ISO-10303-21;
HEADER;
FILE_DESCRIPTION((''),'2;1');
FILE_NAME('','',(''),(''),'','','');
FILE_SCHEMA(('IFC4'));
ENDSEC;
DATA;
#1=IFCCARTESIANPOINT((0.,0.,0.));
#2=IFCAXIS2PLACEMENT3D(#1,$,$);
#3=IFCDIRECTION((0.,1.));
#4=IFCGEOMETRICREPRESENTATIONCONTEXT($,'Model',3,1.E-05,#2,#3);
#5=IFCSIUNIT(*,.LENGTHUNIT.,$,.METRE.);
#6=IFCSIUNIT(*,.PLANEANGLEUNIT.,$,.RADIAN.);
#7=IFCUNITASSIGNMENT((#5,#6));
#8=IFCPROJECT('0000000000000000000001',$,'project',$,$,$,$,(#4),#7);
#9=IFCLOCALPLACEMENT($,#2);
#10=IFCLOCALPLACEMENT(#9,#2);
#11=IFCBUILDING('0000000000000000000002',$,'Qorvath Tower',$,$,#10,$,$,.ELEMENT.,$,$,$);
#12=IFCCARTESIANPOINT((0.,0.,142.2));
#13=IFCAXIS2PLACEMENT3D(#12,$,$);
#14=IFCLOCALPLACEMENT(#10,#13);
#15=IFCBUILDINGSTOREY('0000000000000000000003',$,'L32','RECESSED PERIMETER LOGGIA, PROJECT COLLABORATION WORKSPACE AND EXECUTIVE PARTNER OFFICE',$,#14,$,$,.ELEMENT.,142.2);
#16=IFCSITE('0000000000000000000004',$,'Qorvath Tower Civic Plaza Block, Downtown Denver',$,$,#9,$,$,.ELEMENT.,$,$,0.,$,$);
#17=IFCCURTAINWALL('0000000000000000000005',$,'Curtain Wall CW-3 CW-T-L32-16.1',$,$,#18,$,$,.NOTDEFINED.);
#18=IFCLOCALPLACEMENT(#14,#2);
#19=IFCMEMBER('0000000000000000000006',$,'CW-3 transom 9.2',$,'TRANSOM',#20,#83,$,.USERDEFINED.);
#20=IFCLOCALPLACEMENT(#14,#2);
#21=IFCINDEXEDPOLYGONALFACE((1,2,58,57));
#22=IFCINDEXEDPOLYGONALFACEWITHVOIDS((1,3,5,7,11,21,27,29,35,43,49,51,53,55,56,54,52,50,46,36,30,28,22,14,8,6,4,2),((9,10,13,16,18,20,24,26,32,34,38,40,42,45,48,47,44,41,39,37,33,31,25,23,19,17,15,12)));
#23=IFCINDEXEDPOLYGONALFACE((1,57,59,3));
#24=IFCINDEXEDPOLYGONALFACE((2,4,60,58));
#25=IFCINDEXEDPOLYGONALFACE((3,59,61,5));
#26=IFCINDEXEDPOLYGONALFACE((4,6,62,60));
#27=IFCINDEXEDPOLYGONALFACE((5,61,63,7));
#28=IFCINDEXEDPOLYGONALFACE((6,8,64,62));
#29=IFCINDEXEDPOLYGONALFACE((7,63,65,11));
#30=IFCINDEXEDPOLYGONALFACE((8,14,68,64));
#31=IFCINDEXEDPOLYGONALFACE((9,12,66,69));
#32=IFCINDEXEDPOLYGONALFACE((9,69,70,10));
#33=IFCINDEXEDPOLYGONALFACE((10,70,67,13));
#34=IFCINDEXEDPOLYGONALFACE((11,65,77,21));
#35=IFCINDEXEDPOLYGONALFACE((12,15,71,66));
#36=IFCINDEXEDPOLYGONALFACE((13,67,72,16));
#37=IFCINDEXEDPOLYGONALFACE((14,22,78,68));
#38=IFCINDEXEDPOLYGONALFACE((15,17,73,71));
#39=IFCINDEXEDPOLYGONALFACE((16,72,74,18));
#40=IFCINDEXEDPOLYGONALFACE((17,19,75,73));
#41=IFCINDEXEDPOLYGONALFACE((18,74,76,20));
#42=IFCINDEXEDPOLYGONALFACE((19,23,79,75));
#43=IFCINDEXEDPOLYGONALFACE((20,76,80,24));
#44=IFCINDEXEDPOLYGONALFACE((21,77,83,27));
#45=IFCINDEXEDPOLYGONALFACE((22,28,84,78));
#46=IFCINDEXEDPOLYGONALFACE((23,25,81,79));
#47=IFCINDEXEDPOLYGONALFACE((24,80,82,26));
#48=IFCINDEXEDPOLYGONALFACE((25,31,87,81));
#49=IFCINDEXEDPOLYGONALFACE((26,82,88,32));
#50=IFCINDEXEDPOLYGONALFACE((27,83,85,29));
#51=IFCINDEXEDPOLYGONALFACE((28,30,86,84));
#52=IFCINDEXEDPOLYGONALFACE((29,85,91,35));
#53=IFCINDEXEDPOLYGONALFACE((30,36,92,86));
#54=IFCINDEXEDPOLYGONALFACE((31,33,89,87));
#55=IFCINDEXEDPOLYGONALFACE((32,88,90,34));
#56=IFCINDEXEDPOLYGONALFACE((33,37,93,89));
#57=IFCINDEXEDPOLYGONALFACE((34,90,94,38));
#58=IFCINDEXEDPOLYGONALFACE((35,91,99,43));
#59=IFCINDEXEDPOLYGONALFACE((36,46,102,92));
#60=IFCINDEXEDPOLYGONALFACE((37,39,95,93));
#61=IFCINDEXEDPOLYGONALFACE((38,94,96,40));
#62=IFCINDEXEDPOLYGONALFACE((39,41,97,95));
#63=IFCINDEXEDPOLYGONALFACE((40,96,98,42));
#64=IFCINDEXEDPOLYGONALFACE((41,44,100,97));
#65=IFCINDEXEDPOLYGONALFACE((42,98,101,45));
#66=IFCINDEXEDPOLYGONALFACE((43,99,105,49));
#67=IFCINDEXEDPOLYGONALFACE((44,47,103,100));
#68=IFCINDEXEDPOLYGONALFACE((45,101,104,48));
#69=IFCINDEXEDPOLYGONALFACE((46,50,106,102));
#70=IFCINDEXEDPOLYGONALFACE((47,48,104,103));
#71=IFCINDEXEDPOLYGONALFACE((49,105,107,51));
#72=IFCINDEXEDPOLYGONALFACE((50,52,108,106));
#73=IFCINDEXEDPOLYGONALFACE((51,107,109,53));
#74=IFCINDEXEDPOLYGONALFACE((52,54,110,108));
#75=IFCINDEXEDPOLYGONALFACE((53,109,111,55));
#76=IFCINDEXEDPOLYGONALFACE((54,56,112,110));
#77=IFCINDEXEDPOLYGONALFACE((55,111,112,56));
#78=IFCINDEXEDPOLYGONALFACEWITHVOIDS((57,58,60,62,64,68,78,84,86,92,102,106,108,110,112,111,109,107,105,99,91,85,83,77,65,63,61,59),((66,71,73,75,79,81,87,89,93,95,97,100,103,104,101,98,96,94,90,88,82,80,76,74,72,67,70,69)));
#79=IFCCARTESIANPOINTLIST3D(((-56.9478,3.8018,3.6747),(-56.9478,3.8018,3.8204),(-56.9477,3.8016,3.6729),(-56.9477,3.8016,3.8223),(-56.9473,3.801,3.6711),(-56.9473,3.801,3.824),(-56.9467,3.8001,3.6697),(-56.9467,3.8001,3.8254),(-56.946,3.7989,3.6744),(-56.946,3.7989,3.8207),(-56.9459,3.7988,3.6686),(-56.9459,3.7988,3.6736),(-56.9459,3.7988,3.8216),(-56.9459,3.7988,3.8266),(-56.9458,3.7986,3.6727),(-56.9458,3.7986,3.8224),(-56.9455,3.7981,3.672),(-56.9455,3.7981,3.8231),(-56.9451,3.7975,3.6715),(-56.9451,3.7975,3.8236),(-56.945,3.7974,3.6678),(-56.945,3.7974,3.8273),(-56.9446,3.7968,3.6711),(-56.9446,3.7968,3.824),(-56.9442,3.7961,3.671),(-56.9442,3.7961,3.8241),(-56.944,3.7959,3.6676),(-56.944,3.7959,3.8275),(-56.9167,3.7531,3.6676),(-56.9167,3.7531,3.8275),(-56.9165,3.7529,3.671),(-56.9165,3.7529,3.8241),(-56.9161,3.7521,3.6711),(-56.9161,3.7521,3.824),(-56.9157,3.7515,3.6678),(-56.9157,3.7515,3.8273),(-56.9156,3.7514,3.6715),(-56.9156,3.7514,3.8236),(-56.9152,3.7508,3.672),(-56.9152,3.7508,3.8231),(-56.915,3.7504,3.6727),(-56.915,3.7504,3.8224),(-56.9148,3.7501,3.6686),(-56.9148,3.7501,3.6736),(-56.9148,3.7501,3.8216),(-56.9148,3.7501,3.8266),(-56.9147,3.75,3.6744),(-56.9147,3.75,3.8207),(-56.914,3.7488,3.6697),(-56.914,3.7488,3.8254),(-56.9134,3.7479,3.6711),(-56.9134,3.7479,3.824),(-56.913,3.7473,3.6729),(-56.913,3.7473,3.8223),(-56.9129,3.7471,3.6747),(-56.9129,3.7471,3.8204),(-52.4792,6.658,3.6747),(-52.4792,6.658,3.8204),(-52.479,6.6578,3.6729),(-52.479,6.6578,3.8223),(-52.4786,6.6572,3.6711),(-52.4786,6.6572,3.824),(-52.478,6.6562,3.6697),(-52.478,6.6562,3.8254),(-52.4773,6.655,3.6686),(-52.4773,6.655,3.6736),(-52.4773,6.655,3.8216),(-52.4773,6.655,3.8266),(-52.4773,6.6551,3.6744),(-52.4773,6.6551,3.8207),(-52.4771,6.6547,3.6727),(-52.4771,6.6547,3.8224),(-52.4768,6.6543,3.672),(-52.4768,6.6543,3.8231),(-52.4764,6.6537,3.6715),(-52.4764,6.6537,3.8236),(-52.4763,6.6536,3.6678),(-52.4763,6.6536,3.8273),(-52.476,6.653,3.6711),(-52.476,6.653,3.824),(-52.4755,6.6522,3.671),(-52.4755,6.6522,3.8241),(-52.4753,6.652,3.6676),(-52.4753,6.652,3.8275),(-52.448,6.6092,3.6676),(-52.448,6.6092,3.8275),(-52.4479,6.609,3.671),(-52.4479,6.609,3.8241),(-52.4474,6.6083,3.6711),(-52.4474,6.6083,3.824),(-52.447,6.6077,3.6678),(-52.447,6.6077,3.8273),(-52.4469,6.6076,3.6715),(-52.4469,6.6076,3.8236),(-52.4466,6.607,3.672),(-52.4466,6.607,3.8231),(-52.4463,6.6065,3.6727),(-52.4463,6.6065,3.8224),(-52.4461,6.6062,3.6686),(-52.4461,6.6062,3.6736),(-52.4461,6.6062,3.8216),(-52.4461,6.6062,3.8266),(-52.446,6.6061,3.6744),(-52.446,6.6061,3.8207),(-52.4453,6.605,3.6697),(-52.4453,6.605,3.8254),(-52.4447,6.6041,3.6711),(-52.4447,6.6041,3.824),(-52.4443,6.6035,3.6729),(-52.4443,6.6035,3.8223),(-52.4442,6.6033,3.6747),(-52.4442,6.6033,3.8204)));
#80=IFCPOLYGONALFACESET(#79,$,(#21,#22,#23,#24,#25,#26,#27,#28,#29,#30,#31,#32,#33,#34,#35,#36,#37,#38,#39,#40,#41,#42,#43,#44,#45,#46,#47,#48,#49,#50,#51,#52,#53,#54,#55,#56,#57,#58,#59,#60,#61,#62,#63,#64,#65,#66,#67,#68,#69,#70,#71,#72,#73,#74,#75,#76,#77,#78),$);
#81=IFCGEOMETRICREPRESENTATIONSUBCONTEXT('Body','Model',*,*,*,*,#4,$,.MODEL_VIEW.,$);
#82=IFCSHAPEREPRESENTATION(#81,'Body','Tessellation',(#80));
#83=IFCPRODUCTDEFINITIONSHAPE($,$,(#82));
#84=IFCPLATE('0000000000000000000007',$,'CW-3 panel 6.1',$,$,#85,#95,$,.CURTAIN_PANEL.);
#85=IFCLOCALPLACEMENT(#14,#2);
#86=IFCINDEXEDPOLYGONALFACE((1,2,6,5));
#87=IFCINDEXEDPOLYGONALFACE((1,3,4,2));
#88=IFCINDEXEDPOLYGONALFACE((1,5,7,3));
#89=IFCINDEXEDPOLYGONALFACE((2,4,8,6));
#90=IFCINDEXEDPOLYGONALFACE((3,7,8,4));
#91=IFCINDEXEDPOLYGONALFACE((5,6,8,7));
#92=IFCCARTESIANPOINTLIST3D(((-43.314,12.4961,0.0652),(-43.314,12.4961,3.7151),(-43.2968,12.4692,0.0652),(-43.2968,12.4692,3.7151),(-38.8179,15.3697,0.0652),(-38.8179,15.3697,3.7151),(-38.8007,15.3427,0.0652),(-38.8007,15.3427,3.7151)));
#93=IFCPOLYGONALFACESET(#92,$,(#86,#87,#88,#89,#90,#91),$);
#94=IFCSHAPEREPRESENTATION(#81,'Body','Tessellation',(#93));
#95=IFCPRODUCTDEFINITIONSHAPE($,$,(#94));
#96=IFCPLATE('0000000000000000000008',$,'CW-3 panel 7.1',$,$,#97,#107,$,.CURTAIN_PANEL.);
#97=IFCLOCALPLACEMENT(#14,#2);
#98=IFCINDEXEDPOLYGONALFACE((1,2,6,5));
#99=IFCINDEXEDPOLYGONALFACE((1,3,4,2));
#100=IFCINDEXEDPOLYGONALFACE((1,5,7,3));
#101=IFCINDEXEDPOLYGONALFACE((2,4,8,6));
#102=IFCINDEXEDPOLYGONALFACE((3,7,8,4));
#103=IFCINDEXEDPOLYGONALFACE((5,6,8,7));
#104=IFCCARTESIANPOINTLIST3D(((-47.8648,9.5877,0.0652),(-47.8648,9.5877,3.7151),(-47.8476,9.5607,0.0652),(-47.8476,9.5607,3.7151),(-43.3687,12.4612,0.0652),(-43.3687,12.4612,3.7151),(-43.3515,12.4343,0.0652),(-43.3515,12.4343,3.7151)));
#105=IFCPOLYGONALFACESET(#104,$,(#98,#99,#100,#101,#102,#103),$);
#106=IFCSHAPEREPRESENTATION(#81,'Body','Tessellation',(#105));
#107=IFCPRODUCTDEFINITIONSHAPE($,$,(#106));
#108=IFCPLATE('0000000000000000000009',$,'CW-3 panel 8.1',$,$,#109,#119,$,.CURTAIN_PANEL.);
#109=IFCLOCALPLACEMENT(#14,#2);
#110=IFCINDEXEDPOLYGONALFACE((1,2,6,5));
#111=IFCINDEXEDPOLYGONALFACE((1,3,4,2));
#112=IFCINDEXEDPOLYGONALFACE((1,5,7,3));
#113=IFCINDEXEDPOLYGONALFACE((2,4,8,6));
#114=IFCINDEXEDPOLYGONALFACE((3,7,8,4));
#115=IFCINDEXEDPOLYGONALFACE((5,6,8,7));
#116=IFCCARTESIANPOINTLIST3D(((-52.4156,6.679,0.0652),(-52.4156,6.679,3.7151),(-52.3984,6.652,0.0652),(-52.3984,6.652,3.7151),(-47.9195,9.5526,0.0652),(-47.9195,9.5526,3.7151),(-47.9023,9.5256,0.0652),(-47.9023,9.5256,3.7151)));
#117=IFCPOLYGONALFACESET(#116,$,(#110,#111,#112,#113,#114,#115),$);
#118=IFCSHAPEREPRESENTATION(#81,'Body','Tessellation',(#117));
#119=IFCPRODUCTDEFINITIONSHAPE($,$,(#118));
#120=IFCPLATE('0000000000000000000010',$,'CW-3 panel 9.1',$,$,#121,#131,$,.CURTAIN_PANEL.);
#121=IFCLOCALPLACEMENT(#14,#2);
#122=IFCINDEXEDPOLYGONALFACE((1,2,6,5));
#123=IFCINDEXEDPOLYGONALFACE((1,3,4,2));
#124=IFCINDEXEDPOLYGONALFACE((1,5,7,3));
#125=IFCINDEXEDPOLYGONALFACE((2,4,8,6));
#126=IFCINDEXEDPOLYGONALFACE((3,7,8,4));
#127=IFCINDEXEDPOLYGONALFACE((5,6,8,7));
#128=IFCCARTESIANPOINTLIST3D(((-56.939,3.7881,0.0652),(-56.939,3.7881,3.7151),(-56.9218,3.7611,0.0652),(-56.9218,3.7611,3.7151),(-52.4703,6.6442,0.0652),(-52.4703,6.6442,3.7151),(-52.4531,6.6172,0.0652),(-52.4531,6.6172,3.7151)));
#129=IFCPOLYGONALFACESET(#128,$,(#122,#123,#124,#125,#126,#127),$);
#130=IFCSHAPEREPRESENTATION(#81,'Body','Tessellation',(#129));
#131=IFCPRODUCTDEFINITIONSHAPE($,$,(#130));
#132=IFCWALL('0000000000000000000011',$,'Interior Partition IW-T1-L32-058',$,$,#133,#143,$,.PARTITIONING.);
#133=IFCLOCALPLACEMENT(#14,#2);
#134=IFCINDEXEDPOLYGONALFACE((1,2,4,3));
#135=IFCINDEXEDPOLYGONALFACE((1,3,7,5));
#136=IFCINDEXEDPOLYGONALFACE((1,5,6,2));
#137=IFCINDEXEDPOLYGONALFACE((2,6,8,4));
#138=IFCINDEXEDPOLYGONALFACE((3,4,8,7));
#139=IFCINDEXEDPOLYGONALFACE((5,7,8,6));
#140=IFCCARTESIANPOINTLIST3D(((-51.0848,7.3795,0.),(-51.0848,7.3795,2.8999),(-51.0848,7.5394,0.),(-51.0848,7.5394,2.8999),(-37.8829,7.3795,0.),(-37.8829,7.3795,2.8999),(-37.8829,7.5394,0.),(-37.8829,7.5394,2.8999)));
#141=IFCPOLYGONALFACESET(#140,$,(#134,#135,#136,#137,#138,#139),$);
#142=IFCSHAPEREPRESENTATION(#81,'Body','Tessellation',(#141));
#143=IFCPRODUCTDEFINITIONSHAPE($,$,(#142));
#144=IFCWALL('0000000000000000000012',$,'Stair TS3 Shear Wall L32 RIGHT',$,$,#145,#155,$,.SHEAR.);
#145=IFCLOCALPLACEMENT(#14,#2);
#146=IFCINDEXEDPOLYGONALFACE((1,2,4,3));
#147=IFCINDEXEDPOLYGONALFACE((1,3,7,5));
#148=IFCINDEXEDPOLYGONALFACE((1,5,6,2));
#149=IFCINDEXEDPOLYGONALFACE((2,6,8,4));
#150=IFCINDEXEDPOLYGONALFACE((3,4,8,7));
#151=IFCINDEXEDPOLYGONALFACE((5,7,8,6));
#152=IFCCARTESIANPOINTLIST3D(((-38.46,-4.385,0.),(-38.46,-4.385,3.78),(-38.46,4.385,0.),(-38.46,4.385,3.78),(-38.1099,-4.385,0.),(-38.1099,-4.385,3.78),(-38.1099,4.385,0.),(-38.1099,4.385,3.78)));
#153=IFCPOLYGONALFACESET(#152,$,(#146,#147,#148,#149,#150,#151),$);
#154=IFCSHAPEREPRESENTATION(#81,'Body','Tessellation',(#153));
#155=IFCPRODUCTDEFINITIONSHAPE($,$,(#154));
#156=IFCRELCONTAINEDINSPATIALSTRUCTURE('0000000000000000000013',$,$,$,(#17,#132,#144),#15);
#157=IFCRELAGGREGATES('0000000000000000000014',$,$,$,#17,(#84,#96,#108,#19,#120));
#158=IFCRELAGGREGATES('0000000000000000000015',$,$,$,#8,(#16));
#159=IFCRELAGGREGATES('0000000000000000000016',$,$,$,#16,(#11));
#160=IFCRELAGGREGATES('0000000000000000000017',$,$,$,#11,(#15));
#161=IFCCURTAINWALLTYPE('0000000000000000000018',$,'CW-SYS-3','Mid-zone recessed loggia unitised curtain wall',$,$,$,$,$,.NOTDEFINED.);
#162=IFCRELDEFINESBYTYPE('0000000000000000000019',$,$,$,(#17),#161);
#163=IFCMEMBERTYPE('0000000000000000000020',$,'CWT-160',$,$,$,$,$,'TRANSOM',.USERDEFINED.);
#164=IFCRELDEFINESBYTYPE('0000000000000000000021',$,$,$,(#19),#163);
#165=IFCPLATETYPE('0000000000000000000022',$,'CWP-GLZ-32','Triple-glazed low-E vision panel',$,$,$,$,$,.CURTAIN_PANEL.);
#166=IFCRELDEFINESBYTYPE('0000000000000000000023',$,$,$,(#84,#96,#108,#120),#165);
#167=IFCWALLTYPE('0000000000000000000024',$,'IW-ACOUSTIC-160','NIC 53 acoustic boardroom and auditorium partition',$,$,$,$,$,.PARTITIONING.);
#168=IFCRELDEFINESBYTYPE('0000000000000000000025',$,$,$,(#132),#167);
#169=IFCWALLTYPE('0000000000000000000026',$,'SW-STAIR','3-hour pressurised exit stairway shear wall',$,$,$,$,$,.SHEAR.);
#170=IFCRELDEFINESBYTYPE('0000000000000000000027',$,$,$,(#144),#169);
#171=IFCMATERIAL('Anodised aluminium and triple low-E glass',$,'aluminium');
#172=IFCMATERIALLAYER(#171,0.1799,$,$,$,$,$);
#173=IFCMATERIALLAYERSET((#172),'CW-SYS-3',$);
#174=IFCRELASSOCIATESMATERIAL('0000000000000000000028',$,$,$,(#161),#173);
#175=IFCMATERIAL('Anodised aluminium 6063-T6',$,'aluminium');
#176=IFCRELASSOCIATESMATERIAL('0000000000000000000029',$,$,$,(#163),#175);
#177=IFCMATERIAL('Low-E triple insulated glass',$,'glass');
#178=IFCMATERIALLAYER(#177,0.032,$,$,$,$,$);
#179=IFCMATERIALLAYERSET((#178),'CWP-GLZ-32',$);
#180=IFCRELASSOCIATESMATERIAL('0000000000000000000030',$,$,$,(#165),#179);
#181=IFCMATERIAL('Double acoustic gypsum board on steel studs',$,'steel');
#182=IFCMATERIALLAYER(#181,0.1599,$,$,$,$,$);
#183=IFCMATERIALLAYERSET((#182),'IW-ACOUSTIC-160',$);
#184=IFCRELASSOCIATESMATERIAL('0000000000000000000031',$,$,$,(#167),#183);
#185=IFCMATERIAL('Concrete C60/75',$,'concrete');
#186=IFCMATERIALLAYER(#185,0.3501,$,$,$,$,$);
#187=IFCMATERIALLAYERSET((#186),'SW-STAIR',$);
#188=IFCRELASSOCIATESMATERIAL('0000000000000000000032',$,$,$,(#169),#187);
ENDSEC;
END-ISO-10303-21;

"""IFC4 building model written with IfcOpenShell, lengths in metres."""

from ifc_helpers import new_model, si_unit, direction, frame, frame_2d, origin, origin_2d, place, context, subcontext, project, spatial, rectangle, hollow_rectangle, extrude, material, layer, layer_set, material_profile, profile_set, type_object, element, aggregate, save


model = new_model("IFC4")

# Units and contexts
model_context = context("Model", 3, precision=1e-05, world=origin(), true_north=direction((0.0, 1.0)))
body_context = subcontext(model_context, "Body", "Model", "MODEL_VIEW")
ifc_project = project(units=[si_unit("LENGTHUNIT", "METRE"), si_unit("PLANEANGLEUNIT", "RADIAN")], contexts=[model_context])

# Site, building, storey
site_placement = place(None, origin())
site = spatial("IfcSite", under=ifc_project, at=site_placement, Name="Qorvath Tower Civic Plaza Block, Downtown Denver", CompositionType="ELEMENT", RefElevation=0.0)
building_placement = place(site_placement, origin())
building = spatial("IfcBuilding", under=site, at=building_placement, Name="Qorvath Tower", CompositionType="ELEMENT")
storey_placement = place(building_placement, frame((0.0, 0.0, 142.2)))
storey = spatial("IfcBuildingStorey", under=building, at=storey_placement, Name="L32", Description="RECESSED PERIMETER LOGGIA, PROJECT COLLABORATION WORKSPACE AND EXECUTIVE PARTNER OFFICE", CompositionType="ELEMENT", Elevation=142.2)

# Curtain wall, member, plates
ifc_material_1 = material(Name="Anodised aluminium and triple low-E glass", Category="aluminium")
ifc_layer_1 = layer(ifc_material_1, 0.1799)
ifc_layer_set_1 = layer_set([ifc_layer_1], Name="CW-SYS-3")
curtain_wall_type = type_object("IfcCurtainWallType", Name="CW-SYS-3", Description="Mid-zone recessed loggia unitised curtain wall", PredefinedType="NOTDEFINED", material=ifc_layer_set_1)
curtain_wall_placement = place(storey_placement, origin())
curtain_wall = element("IfcCurtainWall", 1, at=curtain_wall_placement, inside=storey, type_object=curtain_wall_type, Name="Curtain Wall CW-3 CW-T-L32-16.1", PredefinedType="NOTDEFINED")
ifc_material_2 = material(Name="Anodised aluminium 6063-T6", Category="aluminium")
ifc_material_profile_1 = material_profile(ifc_material_2, hollow_rectangle(XDim=0.0649, YDim=0.1599, WallThickness=0.0034, InnerFilletRadius=0.0034, OuterFilletRadius=0.0071, at=origin_2d()), Name="CWT 160x65")
ifc_profile_set_1 = profile_set([ifc_material_profile_1], Name="Anodised aluminium 6063-T6")
member_type_1 = type_object("IfcMemberType", Name="CWT-160", ElementType="TRANSOM", PredefinedType="USERDEFINED", material=ifc_profile_set_1)
member_1_placement = place(storey_placement, frame((-52.4617, 6.6306, 3.7476), z_axis=(-0.842596, -0.538545, 0.0), x_axis=(0.538545, -0.842596, 0.0)))
member_1 = element("IfcMember", 2, at=member_1_placement, type_object=member_type_1, Name="CW-3 transom 9.2", ObjectType="TRANSOM", PredefinedType="USERDEFINED", context=body_context, shape_type="SweptSolid", body=[
    extrude(hollow_rectangle(XDim=0.0649, YDim=0.1599, WallThickness=0.0034, InnerFilletRadius=0.0034, OuterFilletRadius=0.0071, at=origin_2d()), origin(), (0.0, 0.0, 1.0), 5.3035),
])
ifc_material_3 = material(Name="Low-E triple insulated glass", Category="glass")
ifc_layer_2 = layer(ifc_material_3, 0.032)
ifc_layer_set_2 = layer_set([ifc_layer_2], Name="CWP-GLZ-32")
plate_type = type_object("IfcPlateType", Name="CWP-GLZ-32", Description="Triple-glazed low-E vision panel", PredefinedType="CURTAIN_PANEL", material=ifc_layer_set_2)
plate_1_placement = place(storey_placement, frame((-41.0574, 13.9194, 0.0652), z_axis=(0.0, 0.0, 1.0), x_axis=(-0.842604, -0.538533, 0.0)))
plate_1 = element("IfcPlate", 3, at=plate_1_placement, type_object=plate_type, Name="CW-3 panel 6.1", PredefinedType="CURTAIN_PANEL", context=body_context, shape_type="SweptSolid", body=[
    extrude(rectangle(XDim=5.3359, YDim=0.032, at=origin_2d()), origin(), (0.0, 0.0, 1.0), 3.6499),
])
plate_2_placement = place(storey_placement, frame((-45.6082, 11.011, 0.0652), z_axis=(0.0, 0.0, 1.0), x_axis=(-0.842604, -0.538533, 0.0)))
plate_2 = element("IfcPlate", 4, at=plate_2_placement, type_object=plate_type, Name="CW-3 panel 7.1", PredefinedType="CURTAIN_PANEL", context=body_context, shape_type="SweptSolid", body=[
    extrude(rectangle(XDim=5.3359, YDim=0.032, at=origin_2d()), origin(), (0.0, 0.0, 1.0), 3.6499),
])
plate_3_placement = place(storey_placement, frame((-50.1589, 8.1023, 0.0652), z_axis=(0.0, 0.0, 1.0), x_axis=(-0.842604, -0.538533, 0.0)))
plate_3 = element("IfcPlate", 5, at=plate_3_placement, type_object=plate_type, Name="CW-3 panel 8.1", PredefinedType="CURTAIN_PANEL", context=body_context, shape_type="SweptSolid", body=[
    extrude(rectangle(XDim=5.3359, YDim=0.032, at=origin_2d()), origin(), (0.0, 0.0, 1.0), 3.6499),
])
plate_4_placement = place(storey_placement, frame((-54.696, 5.2026, 0.0652), z_axis=(0.0, 0.0, 1.0), x_axis=(-0.842604, -0.538533, 0.0)))
plate_4 = element("IfcPlate", 6, at=plate_4_placement, type_object=plate_type, Name="CW-3 panel 9.1", PredefinedType="CURTAIN_PANEL", context=body_context, shape_type="SweptSolid", body=[
    extrude(rectangle(XDim=5.3035, YDim=0.032, at=origin_2d()), origin(), (0.0, 0.0, 1.0), 3.6499),
])
aggregate(curtain_wall, [plate_1, plate_2, plate_3, member_1, plate_4])

# Shared definitions
ifc_material_4 = material(Name="Double acoustic gypsum board on steel studs", Category="steel")
ifc_layer_3 = layer(ifc_material_4, 0.1599)
ifc_layer_set_3 = layer_set([ifc_layer_3], Name="IW-ACOUSTIC-160")
wall_type_1 = type_object("IfcWallType", Name="IW-ACOUSTIC-160", Description="NIC 53 acoustic boardroom and auditorium partition", PredefinedType="PARTITIONING", material=ifc_layer_set_3)

# Walls
wall_1_placement = place(storey_placement, frame((-37.8828, 7.4595, 0.0), z_axis=(0.0, 0.0, 1.0), x_axis=(-1.0, 0.0, 0.0)))
element("IfcWall", 7, at=wall_1_placement, inside=storey, type_object=wall_type_1, Name="Interior Partition IW-T1-L32-058", PredefinedType="PARTITIONING", context=body_context, shape_type="SweptSolid", body=[
    extrude(rectangle(XDim=13.2019, YDim=0.1599, at=frame_2d((6.6011, 0.0))), origin(), (0.0, 0.0, 1.0), 2.8999),
])
ifc_material_5 = material(Name="Concrete C60/75", Category="concrete")
ifc_layer_4 = layer(ifc_material_5, 0.3501)
ifc_layer_set_4 = layer_set([ifc_layer_4], Name="SW-STAIR")
wall_type_2 = type_object("IfcWallType", Name="SW-STAIR", Description="3-hour pressurised exit stairway shear wall", PredefinedType="SHEAR", material=ifc_layer_set_4)
wall_2_placement = place(storey_placement, frame((-38.2849, 4.385, 0.0), z_axis=(0.0, 0.0, 1.0), x_axis=(0.0, -1.0, 0.0)))
element("IfcWall", 8, at=wall_2_placement, inside=storey, type_object=wall_type_2, Name="Stair TS3 Shear Wall L32 RIGHT", PredefinedType="SHEAR", context=body_context, shape_type="SweptSolid", body=[
    extrude(rectangle(XDim=8.77, YDim=0.3501, at=frame_2d((4.385, 0.0))), origin(), (0.0, 0.0, 1.0), 3.78),
])

save(model, "model.ifc")
